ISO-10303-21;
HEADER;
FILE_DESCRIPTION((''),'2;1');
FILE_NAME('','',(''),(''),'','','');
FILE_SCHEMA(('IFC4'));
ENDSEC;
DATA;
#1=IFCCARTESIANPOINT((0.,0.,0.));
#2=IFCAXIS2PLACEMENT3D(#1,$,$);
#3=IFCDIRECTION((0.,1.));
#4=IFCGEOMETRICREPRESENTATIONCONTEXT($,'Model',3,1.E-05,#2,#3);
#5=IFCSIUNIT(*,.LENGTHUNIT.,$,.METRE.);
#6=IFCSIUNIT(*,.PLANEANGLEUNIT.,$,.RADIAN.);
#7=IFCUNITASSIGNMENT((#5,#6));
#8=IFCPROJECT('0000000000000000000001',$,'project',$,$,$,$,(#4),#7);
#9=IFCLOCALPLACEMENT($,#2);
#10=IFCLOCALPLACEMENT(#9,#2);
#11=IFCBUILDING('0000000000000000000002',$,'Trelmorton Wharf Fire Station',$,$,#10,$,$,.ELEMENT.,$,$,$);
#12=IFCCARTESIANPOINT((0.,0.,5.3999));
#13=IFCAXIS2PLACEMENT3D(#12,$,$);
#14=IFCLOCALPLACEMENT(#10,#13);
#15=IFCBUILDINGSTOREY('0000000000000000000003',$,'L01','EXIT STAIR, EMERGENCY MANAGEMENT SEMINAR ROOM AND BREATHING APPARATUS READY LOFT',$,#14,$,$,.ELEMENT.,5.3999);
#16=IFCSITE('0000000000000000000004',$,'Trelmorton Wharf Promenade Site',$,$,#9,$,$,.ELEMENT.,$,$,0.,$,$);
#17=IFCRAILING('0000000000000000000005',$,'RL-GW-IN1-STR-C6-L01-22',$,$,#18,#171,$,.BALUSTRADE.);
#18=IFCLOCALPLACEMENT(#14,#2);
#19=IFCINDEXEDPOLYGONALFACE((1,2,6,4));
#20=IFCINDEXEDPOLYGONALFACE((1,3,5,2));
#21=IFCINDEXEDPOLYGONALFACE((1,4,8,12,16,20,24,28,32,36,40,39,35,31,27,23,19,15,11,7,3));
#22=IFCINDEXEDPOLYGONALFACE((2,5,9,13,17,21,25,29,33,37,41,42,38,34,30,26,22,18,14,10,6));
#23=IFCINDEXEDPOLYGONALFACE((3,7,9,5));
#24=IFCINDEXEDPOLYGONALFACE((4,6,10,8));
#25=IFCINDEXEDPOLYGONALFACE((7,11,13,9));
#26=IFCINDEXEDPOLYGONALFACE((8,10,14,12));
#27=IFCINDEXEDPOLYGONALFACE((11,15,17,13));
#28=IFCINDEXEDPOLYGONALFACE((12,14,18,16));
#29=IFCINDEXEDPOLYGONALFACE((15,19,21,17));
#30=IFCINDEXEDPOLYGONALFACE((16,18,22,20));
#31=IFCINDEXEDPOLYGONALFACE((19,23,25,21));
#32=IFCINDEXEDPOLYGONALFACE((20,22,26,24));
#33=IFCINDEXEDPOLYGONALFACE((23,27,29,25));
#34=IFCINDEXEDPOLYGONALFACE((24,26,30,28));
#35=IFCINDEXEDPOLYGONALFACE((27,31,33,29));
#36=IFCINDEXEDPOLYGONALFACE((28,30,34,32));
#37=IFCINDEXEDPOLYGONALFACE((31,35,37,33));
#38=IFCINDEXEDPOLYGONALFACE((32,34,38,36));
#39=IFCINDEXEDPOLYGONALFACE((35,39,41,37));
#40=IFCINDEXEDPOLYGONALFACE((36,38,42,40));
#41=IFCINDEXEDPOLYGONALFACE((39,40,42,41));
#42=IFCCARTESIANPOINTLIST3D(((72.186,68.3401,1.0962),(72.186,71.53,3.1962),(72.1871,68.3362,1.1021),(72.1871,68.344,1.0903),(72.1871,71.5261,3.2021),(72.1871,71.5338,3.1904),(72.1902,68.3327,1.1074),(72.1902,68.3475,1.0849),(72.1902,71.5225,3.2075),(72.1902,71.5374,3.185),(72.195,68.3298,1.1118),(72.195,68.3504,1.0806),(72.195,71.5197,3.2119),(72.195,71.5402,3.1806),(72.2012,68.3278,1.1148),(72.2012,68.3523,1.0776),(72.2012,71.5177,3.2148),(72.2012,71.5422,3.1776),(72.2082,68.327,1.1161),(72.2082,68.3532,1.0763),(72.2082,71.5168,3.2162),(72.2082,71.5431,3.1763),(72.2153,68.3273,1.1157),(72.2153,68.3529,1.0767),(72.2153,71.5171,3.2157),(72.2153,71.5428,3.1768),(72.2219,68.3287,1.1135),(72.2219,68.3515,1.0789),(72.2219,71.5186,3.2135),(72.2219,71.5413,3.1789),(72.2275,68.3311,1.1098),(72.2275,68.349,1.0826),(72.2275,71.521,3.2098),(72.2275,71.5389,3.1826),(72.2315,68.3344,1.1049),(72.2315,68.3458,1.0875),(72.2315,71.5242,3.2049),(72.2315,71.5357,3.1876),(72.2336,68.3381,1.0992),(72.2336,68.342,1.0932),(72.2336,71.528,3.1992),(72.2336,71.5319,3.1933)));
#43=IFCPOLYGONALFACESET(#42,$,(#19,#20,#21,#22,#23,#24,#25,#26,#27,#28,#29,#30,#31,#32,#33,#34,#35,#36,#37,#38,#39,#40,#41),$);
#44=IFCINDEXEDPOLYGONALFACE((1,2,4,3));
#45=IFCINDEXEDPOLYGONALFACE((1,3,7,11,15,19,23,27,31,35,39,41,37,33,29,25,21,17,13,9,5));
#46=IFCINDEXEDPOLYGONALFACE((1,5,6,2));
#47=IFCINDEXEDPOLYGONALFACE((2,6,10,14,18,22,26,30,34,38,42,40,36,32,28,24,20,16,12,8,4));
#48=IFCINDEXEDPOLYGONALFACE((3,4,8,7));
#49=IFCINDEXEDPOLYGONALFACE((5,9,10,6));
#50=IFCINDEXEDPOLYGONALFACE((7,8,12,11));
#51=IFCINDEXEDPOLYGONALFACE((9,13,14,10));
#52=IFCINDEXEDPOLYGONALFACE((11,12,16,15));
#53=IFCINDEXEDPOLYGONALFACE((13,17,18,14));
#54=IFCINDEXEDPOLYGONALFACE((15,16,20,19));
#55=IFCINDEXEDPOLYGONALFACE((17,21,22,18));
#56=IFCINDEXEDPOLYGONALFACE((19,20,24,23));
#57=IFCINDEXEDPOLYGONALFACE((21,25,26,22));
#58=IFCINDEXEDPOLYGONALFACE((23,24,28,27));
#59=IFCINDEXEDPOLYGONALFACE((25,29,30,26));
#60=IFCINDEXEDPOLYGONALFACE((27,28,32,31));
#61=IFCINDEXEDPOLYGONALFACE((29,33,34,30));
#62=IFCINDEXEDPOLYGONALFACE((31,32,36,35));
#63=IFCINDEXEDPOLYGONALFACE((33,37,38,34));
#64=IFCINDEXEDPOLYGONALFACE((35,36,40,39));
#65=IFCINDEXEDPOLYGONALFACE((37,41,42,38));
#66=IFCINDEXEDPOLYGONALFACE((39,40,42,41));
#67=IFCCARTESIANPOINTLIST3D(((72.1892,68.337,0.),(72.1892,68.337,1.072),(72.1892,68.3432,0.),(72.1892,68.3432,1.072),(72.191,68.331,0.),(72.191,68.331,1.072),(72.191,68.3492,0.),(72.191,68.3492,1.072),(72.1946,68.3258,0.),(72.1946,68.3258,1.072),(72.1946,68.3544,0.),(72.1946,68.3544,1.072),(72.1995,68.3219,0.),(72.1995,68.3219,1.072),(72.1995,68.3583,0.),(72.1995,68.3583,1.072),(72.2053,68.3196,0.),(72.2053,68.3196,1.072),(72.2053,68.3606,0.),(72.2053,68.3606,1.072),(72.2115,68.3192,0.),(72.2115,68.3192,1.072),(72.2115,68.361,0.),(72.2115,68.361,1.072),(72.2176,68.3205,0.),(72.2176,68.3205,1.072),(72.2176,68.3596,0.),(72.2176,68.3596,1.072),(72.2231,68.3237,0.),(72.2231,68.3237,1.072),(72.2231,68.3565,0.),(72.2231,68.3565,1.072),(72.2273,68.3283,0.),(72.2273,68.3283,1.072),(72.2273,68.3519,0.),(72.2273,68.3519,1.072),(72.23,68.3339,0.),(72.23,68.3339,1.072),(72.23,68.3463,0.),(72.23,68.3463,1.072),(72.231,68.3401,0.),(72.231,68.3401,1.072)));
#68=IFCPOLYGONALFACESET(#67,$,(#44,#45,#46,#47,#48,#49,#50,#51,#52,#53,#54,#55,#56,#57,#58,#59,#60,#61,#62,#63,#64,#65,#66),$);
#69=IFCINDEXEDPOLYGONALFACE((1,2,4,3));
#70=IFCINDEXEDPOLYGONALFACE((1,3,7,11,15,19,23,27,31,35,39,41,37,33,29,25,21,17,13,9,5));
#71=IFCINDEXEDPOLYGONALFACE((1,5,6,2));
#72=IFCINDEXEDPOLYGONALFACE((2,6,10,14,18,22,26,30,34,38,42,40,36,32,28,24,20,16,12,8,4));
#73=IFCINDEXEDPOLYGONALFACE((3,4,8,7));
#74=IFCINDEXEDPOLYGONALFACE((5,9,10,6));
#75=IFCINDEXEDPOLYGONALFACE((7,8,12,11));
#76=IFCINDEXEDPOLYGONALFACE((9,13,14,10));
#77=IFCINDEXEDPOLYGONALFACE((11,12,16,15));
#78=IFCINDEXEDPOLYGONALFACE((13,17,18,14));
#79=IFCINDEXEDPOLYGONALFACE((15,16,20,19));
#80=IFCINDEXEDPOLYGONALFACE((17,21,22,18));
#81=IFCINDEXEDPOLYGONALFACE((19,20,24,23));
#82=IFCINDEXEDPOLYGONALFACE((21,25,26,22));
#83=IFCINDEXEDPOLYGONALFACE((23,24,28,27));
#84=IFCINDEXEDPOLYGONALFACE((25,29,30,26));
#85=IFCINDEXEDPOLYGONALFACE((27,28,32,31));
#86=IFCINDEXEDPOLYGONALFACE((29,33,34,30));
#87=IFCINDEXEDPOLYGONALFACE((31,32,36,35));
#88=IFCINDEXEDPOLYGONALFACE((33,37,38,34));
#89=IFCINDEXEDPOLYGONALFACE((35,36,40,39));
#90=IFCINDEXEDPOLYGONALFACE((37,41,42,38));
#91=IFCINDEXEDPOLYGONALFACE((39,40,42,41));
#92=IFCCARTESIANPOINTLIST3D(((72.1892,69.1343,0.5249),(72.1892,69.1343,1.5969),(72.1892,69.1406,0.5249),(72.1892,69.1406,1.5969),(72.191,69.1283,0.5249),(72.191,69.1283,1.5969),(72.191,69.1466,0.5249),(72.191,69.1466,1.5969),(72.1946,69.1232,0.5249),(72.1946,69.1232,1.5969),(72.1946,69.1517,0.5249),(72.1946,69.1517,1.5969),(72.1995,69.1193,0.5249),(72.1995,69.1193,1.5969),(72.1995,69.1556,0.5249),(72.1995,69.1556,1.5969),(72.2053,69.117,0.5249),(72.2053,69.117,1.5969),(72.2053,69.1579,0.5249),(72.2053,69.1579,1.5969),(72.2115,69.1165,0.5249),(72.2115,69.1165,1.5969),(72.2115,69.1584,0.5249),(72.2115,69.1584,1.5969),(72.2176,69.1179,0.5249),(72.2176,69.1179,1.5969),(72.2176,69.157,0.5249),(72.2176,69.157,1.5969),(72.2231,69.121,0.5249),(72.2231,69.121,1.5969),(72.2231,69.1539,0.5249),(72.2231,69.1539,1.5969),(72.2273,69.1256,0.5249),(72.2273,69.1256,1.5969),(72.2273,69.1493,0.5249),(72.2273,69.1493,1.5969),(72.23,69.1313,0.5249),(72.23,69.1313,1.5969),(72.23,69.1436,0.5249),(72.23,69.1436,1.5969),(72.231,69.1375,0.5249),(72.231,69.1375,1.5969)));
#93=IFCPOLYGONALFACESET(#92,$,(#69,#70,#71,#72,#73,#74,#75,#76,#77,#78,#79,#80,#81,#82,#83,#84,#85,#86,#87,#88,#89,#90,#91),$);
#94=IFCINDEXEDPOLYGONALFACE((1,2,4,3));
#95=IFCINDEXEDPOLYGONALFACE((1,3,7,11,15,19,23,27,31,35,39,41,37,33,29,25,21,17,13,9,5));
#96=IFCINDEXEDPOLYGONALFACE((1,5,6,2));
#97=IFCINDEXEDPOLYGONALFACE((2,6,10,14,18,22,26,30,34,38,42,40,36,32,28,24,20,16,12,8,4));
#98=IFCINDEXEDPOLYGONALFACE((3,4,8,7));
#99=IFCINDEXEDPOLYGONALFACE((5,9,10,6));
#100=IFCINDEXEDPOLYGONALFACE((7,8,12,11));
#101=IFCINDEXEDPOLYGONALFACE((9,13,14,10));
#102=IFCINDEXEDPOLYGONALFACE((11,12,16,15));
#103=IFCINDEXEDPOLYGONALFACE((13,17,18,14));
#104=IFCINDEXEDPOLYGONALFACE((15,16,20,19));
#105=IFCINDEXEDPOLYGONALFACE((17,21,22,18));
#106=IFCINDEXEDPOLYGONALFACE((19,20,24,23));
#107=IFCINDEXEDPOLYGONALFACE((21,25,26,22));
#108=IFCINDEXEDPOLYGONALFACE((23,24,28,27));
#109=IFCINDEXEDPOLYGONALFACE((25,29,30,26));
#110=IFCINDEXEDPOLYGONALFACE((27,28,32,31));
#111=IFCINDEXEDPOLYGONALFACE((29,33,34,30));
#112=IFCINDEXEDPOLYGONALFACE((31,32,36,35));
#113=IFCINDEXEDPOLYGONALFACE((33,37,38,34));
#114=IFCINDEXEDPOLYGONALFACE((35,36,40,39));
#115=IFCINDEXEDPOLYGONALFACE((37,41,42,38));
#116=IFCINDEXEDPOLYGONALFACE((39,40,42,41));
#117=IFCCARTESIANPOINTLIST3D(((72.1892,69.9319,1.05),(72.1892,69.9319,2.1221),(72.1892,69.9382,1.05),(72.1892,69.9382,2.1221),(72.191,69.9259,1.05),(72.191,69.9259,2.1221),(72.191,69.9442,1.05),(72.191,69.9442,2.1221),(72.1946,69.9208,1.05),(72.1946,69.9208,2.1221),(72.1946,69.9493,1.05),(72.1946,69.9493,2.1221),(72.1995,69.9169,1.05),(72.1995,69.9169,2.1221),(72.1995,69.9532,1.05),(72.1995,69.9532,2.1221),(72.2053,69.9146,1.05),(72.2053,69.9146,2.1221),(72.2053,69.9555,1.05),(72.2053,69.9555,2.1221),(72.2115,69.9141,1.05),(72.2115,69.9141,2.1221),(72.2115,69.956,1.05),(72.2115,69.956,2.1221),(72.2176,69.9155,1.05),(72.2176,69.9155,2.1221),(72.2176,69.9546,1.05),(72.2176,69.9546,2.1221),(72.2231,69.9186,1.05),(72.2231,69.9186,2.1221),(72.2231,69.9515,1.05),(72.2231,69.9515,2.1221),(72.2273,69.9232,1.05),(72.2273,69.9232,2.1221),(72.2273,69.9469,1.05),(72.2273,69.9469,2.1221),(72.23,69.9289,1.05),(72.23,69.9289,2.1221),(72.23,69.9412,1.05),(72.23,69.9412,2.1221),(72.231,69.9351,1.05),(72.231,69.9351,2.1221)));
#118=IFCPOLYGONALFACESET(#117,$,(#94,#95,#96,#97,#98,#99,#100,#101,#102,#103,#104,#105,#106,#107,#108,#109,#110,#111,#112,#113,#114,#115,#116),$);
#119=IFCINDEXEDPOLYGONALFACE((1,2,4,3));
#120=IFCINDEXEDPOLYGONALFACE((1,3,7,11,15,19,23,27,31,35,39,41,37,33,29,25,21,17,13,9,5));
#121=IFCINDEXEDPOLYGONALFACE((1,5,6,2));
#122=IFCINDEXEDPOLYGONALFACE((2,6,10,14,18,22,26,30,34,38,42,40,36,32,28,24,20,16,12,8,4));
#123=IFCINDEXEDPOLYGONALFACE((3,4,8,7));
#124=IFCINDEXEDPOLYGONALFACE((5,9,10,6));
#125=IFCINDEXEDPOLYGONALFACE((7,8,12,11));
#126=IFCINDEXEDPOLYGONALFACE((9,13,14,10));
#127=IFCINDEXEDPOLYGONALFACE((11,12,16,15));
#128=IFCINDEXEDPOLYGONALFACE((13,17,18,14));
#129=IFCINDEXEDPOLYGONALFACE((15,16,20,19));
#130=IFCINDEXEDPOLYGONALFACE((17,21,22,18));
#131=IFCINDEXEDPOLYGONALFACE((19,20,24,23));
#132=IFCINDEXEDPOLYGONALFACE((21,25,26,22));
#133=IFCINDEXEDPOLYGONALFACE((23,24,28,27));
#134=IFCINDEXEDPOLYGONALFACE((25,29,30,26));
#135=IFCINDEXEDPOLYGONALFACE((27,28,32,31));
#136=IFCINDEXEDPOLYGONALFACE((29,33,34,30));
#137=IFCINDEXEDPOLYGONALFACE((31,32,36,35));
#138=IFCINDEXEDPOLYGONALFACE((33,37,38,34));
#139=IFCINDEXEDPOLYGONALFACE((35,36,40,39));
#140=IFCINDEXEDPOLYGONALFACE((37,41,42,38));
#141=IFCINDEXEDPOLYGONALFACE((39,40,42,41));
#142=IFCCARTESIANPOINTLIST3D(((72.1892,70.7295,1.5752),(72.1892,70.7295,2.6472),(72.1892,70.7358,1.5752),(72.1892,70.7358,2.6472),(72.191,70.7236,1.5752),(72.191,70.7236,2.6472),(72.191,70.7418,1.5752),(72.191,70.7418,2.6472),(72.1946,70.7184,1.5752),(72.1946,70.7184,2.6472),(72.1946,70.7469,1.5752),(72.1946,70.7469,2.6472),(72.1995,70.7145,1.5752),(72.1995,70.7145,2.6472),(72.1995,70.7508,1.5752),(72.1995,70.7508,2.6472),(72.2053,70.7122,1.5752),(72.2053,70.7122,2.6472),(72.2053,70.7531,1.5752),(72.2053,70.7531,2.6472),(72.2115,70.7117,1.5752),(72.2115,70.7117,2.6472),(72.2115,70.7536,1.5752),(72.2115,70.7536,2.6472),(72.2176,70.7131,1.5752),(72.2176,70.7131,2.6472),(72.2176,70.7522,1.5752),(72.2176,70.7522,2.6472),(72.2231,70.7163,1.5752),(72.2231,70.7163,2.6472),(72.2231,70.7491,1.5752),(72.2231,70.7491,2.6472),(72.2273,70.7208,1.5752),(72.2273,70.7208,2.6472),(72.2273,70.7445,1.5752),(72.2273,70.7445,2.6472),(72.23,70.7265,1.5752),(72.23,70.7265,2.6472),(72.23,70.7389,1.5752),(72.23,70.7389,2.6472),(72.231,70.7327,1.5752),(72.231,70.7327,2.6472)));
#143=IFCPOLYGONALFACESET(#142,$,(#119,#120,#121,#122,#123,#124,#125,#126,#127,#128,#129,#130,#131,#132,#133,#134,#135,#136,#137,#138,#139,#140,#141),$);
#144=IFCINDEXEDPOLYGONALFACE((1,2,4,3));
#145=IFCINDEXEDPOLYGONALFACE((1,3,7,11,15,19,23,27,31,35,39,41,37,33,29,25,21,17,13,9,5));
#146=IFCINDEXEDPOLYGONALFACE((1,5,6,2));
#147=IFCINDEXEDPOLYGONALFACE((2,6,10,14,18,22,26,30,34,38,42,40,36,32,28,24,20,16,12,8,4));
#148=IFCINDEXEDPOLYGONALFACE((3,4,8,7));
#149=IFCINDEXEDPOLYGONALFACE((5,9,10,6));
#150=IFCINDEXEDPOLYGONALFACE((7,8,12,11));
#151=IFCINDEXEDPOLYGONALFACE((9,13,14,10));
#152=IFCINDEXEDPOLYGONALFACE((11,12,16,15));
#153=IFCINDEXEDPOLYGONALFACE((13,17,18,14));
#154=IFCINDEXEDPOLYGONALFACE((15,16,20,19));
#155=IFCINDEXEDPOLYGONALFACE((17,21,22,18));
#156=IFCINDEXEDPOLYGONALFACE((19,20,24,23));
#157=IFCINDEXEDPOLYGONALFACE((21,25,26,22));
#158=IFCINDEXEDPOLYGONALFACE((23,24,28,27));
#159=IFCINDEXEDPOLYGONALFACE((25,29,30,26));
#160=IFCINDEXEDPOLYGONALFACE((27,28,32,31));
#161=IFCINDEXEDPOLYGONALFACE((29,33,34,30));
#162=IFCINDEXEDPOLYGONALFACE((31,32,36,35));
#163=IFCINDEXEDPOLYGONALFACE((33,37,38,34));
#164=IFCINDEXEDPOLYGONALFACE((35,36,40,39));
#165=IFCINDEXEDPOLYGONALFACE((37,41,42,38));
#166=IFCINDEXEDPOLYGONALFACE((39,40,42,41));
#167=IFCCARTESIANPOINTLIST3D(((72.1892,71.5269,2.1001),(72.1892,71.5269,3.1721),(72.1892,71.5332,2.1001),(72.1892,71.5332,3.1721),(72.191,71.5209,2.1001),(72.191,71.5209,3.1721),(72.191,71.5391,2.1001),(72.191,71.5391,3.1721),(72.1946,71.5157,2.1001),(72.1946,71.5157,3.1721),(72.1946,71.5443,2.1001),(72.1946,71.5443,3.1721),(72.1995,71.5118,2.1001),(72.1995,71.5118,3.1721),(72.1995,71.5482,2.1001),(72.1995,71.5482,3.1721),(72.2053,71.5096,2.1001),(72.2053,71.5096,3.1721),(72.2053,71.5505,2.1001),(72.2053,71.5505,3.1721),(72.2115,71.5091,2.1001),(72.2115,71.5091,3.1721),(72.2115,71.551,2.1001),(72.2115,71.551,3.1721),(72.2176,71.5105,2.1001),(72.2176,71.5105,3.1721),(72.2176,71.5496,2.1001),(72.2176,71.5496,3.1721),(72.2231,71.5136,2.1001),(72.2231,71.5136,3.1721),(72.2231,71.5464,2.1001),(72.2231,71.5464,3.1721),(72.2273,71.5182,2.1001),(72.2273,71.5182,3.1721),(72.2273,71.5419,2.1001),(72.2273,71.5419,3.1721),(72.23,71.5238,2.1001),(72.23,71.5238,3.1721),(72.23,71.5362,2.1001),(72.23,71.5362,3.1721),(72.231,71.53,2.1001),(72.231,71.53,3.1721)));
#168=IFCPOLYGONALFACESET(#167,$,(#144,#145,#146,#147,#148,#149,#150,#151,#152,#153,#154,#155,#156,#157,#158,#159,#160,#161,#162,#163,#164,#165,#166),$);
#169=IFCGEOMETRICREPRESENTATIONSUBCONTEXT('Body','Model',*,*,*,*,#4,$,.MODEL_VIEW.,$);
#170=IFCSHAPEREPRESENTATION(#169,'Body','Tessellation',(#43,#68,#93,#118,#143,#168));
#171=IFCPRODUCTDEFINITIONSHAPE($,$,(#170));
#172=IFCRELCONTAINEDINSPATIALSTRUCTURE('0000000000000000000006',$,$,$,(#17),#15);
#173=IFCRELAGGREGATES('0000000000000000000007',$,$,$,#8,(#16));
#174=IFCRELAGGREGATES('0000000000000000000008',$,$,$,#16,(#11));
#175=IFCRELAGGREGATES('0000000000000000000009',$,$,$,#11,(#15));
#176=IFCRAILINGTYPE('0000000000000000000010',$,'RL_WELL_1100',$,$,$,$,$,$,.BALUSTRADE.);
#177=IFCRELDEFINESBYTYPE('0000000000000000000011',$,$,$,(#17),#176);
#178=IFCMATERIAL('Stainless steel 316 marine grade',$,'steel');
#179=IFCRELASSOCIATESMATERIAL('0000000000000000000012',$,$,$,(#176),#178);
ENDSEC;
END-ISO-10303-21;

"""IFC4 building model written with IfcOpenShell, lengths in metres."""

from ifc_helpers import new_model, si_unit, direction, frame, origin, origin_2d, place, context, subcontext, project, spatial, circle, extrude, material, type_object, element, save


model = new_model("IFC4")

# Units and contexts
model_context = context("Model", 3, precision=1e-05, world=origin(), true_north=direction((0.0, 1.0)))
body_context = subcontext(model_context, "Body", "Model", "MODEL_VIEW")
ifc_project = project(units=[si_unit("LENGTHUNIT", "METRE"), si_unit("PLANEANGLEUNIT", "RADIAN")], contexts=[model_context])

# Site, building, storey
site_placement = place(None, origin())
site = spatial("IfcSite", under=ifc_project, at=site_placement, Name="Trelmorton Wharf Promenade Site", CompositionType="ELEMENT", RefElevation=0.0)
building_placement = place(site_placement, origin())
building = spatial("IfcBuilding", under=site, at=building_placement, Name="Trelmorton Wharf Fire Station", CompositionType="ELEMENT")
storey_placement = place(building_placement, frame((0.0, 0.0, 5.3999)))
storey = spatial("IfcBuildingStorey", under=building, at=storey_placement, Name="L01", Description="EXIT STAIR, EMERGENCY MANAGEMENT SEMINAR ROOM AND BREATHING APPARATUS READY LOFT", CompositionType="ELEMENT", Elevation=5.3999)

# Shared definitions
ifc_material_1 = material(Name="Stainless steel 316 marine grade", Category="steel")

# Railing
railing_type_1 = type_object("IfcRailingType", Name="RL_WELL_1100", PredefinedType="BALUSTRADE", material=ifc_material_1)
railing_1_placement = place(storey_placement, frame((72.21, 68.3401, 0.0)))
element("IfcRailing", 1, at=railing_1_placement, inside=storey, type_object=railing_type_1, Name="RL-GW-IN1-STR-C6-L01-22", PredefinedType="BALUSTRADE", context=body_context, shape_type="SweptSolid", body=[
    extrude(circle(Radius=0.0239, at=origin_2d()), frame((0.0, 0.0, 1.0962), z_axis=(0.0, 0.835242, 0.549882), x_axis=(-1.0, 0.0, 0.0)), (0.0, 0.0, 1.0), 3.8191),
    extrude(circle(Radius=0.021, at=origin_2d()), origin(), (0.0, 0.0, 1.0), 1.072),
    extrude(circle(Radius=0.021, at=origin_2d()), frame((0.0, 0.7974, 0.5249)), (0.0, 0.0, 1.0), 1.072),
    extrude(circle(Radius=0.021, at=origin_2d()), frame((0.0, 1.595, 1.05)), (0.0, 0.0, 1.0), 1.072),
    extrude(circle(Radius=0.021, at=origin_2d()), frame((0.0, 2.3926, 1.5752)), (0.0, 0.0, 1.0), 1.072),
    extrude(circle(Radius=0.021, at=origin_2d()), frame((0.0, 3.1899, 2.1001)), (0.0, 0.0, 1.0), 1.072),
])

save(model, "model.ifc")
